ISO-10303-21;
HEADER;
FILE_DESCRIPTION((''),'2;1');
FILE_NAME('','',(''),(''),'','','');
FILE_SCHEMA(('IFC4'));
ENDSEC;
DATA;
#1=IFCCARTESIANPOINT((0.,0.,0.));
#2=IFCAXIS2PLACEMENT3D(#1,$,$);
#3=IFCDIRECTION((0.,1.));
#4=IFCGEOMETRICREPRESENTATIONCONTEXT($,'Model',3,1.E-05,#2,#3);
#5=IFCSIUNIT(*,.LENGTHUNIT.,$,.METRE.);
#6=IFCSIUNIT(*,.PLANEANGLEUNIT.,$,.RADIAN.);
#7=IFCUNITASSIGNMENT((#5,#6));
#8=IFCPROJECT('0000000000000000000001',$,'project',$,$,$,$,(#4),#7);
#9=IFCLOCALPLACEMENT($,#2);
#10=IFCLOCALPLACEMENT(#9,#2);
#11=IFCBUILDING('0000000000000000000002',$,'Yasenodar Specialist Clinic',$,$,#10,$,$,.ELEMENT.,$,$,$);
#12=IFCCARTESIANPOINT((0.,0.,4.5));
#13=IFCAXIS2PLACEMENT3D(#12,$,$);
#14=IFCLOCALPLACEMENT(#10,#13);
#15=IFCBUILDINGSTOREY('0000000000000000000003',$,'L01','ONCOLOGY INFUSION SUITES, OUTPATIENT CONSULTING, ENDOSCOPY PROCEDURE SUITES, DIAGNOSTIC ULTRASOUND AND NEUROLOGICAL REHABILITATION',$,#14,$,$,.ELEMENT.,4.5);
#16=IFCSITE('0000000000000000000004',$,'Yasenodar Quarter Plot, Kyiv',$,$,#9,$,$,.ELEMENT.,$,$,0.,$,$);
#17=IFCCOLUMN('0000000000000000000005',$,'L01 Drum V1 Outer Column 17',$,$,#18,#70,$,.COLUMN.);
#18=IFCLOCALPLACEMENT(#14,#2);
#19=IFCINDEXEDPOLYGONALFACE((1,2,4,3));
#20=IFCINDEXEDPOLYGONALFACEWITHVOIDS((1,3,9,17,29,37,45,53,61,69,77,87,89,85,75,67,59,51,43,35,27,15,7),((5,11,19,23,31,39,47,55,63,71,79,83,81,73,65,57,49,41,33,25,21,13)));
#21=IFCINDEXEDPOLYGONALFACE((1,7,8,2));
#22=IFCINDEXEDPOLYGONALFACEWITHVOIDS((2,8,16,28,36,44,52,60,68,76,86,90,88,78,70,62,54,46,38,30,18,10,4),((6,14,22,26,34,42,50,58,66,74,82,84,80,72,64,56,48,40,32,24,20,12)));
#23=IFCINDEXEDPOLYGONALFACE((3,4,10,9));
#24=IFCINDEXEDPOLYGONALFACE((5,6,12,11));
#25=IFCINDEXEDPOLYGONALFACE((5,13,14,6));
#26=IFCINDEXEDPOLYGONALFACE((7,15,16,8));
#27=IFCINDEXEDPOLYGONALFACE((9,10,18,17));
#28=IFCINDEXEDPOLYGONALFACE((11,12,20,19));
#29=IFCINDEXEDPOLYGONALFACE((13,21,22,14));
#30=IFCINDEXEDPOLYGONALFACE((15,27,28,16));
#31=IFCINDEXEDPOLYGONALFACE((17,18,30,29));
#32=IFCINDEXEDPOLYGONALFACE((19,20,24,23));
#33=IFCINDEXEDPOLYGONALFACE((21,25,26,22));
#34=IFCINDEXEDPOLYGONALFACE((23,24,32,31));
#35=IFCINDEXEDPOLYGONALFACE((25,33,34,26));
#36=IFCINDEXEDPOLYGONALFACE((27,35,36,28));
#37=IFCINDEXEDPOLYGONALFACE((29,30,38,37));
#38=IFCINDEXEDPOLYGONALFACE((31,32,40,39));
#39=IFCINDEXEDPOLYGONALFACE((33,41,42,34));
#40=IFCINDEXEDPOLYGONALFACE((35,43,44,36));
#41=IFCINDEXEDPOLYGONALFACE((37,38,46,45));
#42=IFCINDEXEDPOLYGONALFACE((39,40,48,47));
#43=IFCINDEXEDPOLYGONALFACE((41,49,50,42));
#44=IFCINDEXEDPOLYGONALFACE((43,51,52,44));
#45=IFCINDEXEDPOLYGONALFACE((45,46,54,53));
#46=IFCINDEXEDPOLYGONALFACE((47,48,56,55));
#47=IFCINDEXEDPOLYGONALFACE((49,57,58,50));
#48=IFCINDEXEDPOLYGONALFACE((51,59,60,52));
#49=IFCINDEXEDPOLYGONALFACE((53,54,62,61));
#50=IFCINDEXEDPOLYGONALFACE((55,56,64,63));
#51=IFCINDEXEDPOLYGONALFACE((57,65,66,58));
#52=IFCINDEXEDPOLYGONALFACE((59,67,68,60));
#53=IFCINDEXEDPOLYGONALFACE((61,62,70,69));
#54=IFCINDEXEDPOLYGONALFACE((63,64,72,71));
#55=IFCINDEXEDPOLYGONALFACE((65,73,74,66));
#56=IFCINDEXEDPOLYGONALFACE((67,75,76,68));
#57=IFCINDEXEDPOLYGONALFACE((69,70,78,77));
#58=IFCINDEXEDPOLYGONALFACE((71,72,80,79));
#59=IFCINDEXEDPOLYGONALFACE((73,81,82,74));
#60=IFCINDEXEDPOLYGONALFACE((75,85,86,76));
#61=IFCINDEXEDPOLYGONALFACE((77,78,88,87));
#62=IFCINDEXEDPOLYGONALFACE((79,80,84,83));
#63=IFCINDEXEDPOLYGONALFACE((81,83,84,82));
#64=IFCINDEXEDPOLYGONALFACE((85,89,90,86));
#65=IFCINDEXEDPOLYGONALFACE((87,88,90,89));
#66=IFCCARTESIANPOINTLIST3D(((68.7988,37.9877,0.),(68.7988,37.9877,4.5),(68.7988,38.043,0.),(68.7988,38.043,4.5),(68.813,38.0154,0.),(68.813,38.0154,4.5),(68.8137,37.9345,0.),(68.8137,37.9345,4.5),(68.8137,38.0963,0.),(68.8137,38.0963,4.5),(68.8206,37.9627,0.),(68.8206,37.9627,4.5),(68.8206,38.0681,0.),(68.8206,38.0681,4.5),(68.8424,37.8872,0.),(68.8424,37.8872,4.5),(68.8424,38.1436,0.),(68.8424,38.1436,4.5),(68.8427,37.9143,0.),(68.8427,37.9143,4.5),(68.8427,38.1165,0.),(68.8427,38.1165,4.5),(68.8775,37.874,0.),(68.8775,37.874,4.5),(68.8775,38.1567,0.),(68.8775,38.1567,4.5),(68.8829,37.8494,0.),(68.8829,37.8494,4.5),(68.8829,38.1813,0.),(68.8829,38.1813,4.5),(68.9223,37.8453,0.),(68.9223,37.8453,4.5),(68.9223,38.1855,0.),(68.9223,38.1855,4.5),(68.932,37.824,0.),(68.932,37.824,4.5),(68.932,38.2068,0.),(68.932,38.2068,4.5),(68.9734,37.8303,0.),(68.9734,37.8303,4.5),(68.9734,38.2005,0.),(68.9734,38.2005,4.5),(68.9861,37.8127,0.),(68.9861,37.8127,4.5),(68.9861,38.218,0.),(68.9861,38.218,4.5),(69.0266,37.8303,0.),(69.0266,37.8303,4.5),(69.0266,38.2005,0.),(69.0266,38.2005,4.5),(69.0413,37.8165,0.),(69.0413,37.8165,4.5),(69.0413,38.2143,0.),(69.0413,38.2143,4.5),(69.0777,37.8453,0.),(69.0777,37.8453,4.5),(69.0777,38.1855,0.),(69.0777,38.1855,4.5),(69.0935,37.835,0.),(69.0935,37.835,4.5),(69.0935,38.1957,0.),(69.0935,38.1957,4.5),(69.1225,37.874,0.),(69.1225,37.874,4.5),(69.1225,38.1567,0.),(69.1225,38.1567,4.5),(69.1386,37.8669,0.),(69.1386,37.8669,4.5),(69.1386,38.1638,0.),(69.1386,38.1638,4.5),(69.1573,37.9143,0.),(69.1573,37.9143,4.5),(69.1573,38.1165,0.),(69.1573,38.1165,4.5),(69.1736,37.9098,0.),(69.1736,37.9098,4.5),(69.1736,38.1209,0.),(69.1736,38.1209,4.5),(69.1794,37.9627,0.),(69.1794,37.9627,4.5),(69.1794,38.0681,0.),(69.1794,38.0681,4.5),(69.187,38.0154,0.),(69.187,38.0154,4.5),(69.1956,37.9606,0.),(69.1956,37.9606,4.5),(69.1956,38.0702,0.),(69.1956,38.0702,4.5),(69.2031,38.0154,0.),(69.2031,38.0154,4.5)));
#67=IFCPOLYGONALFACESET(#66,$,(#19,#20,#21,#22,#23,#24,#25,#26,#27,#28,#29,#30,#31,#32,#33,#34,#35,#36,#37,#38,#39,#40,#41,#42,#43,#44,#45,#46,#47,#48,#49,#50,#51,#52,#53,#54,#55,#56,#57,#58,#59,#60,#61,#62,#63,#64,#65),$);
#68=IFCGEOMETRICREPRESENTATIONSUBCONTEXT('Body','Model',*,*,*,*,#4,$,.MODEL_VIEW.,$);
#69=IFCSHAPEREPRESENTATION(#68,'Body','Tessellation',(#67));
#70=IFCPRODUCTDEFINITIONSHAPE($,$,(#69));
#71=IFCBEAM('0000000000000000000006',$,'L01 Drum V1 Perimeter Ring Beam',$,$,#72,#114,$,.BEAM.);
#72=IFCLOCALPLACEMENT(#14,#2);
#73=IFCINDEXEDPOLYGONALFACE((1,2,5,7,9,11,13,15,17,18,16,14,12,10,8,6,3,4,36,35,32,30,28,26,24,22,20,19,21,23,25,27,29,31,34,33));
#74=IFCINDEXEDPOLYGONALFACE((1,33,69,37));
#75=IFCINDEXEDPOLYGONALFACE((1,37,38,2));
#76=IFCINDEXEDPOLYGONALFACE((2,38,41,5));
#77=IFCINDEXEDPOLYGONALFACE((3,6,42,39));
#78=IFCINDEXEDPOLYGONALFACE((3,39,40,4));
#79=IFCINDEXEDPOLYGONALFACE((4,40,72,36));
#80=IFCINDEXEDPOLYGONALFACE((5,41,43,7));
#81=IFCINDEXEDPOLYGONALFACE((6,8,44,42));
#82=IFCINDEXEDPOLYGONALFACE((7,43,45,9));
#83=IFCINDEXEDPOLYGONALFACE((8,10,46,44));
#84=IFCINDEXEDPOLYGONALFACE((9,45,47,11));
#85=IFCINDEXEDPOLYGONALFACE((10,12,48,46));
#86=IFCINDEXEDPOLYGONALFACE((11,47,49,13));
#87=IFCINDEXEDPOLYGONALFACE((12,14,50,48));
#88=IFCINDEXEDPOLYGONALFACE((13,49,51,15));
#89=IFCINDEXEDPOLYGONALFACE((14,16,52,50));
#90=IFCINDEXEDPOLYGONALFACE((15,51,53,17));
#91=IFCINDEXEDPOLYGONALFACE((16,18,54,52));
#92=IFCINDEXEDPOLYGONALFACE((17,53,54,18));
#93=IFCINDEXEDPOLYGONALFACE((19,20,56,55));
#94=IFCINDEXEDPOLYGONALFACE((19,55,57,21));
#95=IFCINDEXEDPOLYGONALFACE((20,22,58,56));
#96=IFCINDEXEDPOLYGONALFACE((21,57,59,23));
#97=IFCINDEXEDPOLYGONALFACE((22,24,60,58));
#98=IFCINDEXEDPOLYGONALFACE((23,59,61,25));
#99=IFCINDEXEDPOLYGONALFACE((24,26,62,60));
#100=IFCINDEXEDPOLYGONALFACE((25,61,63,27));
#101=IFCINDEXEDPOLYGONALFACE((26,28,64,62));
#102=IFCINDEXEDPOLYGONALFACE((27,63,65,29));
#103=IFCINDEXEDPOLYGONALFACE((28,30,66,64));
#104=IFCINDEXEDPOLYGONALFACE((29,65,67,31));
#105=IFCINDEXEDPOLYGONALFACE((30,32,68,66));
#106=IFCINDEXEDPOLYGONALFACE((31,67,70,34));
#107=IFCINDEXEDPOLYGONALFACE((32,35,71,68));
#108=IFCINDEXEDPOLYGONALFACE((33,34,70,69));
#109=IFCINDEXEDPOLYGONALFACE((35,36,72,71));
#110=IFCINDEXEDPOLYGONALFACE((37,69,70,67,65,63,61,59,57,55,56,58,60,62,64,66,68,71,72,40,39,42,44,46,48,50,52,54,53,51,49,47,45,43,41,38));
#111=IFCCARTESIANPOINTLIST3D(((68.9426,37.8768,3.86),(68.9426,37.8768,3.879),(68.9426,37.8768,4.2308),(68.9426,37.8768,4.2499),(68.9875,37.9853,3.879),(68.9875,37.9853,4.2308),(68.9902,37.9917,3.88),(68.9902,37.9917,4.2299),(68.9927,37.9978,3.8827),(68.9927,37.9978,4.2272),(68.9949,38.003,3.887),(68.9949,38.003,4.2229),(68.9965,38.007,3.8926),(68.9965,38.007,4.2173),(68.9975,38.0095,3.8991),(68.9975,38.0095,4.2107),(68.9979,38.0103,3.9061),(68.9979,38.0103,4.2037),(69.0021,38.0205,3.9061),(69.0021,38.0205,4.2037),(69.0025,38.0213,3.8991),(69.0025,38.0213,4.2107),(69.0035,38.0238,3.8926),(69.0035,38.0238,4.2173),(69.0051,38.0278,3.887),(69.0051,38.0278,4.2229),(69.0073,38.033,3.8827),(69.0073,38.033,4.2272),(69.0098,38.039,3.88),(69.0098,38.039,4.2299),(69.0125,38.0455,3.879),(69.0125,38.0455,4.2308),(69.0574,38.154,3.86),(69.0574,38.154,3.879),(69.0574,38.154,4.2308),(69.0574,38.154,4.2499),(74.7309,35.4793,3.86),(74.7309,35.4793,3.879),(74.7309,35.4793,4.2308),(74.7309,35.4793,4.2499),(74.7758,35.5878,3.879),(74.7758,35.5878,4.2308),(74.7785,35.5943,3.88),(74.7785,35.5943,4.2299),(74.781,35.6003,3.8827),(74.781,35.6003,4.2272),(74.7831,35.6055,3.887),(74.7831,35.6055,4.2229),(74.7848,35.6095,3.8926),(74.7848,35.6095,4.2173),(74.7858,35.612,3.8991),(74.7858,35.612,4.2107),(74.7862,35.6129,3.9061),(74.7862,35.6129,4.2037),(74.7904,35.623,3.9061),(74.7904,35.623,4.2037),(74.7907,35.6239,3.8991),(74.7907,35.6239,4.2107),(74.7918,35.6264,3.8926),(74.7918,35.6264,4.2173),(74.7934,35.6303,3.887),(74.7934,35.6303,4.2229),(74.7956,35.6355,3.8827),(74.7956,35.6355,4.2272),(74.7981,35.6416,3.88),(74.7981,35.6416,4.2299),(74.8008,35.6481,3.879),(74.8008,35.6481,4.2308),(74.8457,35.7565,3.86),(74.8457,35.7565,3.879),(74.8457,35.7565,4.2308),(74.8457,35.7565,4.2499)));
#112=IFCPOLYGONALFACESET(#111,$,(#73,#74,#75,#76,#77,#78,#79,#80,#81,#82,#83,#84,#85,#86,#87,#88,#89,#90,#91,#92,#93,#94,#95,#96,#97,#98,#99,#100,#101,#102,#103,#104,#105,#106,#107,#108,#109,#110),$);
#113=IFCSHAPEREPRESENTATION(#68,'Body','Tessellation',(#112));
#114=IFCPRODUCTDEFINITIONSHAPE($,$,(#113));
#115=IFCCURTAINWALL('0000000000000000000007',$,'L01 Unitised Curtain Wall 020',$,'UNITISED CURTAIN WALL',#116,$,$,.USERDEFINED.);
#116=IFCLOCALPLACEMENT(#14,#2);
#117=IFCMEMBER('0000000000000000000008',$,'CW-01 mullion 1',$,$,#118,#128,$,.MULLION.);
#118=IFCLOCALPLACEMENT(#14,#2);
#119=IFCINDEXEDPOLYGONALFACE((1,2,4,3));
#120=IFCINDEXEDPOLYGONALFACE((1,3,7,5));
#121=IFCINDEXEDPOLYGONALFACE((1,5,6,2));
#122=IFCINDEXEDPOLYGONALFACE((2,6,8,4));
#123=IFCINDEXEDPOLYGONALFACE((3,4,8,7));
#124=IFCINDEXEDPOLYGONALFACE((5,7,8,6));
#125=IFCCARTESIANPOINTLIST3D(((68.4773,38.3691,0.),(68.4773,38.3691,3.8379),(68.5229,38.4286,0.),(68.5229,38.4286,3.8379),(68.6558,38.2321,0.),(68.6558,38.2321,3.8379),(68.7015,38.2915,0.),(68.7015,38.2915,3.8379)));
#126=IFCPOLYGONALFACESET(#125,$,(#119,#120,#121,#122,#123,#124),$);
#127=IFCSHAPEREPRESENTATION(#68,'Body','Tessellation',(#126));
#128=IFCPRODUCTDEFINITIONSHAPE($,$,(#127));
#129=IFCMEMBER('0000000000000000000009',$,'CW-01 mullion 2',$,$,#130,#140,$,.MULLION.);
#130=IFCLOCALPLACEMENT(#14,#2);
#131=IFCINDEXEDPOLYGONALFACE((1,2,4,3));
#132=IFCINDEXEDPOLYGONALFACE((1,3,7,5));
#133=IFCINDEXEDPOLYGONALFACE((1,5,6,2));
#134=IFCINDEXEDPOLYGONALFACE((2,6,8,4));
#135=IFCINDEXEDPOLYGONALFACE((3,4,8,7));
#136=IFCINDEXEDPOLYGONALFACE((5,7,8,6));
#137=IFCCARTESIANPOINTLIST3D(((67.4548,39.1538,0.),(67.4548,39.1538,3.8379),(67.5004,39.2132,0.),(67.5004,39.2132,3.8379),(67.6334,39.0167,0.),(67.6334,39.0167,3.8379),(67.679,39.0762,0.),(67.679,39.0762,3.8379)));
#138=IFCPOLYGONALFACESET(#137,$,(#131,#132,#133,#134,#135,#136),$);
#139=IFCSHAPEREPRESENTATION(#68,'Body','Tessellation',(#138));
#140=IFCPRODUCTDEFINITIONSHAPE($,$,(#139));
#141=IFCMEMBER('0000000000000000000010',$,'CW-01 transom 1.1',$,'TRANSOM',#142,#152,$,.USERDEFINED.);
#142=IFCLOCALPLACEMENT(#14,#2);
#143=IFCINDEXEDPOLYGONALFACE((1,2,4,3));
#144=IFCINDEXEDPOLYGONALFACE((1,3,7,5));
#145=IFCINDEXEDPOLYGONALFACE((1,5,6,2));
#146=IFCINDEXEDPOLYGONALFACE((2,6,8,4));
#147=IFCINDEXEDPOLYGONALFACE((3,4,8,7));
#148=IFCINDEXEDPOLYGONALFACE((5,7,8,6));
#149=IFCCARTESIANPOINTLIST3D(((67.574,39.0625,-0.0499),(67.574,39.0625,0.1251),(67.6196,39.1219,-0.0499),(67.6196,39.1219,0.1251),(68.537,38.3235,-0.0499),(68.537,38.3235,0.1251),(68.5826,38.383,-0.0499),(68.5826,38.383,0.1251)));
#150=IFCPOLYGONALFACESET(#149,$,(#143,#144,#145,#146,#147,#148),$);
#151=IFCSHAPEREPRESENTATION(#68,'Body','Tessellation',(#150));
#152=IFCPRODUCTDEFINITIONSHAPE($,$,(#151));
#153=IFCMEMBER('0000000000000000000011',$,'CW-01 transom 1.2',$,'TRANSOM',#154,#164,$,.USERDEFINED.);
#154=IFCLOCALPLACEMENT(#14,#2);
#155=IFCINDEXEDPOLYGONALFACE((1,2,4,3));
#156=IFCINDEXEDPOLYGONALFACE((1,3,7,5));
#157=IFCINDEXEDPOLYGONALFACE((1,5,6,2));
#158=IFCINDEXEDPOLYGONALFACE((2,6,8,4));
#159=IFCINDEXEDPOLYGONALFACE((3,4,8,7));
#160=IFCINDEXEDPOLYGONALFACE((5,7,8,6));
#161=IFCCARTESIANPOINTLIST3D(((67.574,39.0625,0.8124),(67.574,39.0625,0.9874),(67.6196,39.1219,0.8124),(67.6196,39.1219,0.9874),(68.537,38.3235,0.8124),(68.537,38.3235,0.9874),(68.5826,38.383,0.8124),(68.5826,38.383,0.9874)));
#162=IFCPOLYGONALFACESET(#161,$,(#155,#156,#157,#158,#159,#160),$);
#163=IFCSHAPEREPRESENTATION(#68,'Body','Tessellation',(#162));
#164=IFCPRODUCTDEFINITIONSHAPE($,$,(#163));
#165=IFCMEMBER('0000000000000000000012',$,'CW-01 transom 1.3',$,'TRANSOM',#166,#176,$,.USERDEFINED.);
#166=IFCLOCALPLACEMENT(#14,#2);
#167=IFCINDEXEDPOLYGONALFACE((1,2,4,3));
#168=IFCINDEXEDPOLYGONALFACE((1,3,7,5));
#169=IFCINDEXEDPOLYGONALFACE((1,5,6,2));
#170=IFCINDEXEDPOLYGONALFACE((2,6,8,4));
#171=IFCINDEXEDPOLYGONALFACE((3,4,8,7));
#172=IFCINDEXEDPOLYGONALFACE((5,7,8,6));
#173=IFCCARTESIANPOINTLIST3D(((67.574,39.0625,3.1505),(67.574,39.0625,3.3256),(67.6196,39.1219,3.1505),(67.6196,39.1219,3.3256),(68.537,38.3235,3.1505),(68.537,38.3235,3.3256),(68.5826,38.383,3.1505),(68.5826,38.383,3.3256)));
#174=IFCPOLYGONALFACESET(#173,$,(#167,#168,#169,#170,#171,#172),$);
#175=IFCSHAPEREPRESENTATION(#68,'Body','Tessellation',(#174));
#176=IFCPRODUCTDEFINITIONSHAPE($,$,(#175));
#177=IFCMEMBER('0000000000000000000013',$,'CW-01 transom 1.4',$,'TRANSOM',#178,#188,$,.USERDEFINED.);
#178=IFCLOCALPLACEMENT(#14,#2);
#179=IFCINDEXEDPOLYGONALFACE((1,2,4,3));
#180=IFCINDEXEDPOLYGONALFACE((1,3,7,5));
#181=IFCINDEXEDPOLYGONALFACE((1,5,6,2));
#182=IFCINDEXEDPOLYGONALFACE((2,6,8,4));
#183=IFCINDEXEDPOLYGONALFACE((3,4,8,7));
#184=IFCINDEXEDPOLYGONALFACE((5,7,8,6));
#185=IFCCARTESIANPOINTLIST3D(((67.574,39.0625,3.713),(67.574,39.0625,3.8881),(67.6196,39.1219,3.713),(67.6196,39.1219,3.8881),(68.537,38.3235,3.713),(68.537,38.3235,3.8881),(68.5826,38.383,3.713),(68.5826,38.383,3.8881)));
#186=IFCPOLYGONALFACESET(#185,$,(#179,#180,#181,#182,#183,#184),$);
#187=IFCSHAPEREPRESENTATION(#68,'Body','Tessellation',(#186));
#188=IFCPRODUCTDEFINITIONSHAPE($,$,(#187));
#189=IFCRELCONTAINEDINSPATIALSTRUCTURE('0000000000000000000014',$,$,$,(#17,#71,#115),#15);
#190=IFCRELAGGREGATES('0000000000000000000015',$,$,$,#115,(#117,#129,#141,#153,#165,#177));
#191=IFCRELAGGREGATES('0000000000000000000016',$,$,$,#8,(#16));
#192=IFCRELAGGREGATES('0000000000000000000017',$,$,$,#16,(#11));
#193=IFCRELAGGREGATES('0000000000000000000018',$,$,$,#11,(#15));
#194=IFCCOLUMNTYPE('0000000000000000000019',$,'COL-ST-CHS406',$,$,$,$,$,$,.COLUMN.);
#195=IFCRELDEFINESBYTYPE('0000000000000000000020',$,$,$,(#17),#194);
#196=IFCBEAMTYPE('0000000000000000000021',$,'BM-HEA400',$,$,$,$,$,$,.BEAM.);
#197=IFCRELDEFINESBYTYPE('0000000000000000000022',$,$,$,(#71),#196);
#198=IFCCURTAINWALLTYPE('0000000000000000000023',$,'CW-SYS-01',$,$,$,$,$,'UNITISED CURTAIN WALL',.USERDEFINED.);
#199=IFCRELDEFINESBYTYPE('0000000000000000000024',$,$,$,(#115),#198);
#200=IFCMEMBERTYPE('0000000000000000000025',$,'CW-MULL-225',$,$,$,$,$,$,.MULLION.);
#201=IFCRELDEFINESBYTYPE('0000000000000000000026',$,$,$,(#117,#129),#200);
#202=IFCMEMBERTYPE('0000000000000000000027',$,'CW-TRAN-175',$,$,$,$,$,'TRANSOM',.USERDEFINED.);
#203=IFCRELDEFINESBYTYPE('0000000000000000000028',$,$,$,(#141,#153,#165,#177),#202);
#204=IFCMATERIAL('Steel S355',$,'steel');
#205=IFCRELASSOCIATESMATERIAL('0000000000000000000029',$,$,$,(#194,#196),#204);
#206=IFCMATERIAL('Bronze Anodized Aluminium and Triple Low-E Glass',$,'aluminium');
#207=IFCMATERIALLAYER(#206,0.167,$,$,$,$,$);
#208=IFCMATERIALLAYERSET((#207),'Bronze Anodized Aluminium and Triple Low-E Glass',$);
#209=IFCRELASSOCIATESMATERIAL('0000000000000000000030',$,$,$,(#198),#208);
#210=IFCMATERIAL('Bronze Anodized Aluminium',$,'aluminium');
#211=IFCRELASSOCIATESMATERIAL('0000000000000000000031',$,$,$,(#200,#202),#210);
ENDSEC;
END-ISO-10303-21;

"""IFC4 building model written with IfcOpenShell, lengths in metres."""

from ifc_helpers import new_model, si_unit, direction, frame, origin, origin_2d, place, context, subcontext, project, spatial, rectangle, hollow_circle, i_section, extrude, material, layer, layer_set, material_profile, profile_set, type_object, element, aggregate, save


model = new_model("IFC4")

# Units and contexts
model_context = context("Model", 3, precision=1e-05, world=origin(), true_north=direction((0.0, 1.0)))
body_context = subcontext(model_context, "Body", "Model", "MODEL_VIEW")
ifc_project = project(units=[si_unit("LENGTHUNIT", "METRE"), si_unit("PLANEANGLEUNIT", "RADIAN")], contexts=[model_context])

# Site, building, storey
site_placement = place(None, origin())
site = spatial("IfcSite", under=ifc_project, at=site_placement, Name="Yasenodar Quarter Plot, Kyiv", CompositionType="ELEMENT", RefElevation=0.0)
building_placement = place(site_placement, origin())
building = spatial("IfcBuilding", under=site, at=building_placement, Name="Yasenodar Specialist Clinic", CompositionType="ELEMENT")
storey_placement = place(building_placement, frame((0.0, 0.0, 4.5)))
storey = spatial("IfcBuildingStorey", under=building, at=storey_placement, Name="L01", Description="ONCOLOGY INFUSION SUITES, OUTPATIENT CONSULTING, ENDOSCOPY PROCEDURE SUITES, DIAGNOSTIC ULTRASOUND AND NEUROLOGICAL REHABILITATION", CompositionType="ELEMENT", Elevation=4.5)

# Column
ifc_material_1 = material(Name="Steel S355", Category="steel")
ifc_material_profile_1 = material_profile(ifc_material_1, hollow_circle(Radius=0.2031, WallThickness=0.0161, at=origin_2d()), Name="CHS 406.4x16")
ifc_profile_set_1 = profile_set([ifc_material_profile_1], Name="Steel S355")
column_type = type_object("IfcColumnType", Name="COL-ST-CHS406", PredefinedType="COLUMN", material=ifc_profile_set_1)
column_placement = place(storey_placement, frame((69.0, 38.0154, 0.0), z_axis=(0.0, 0.0, 1.0), x_axis=(1.0, 0.0, 0.0)))
element("IfcColumn", 1, at=column_placement, inside=storey, type_object=column_type, Name="L01 Drum V1 Outer Column 17", PredefinedType="COLUMN", context=body_context, shape_type="SweptSolid", body=[
    extrude(hollow_circle(Radius=0.2031, WallThickness=0.0161, at=origin_2d()), origin(), (0.0, 0.0, 1.0), 4.5),
])

# Beam
ifc_material_profile_2 = material_profile(ifc_material_1, i_section(OverallWidth=0.3, OverallDepth=0.3899, WebThickness=0.011, FlangeThickness=0.019, FilletRadius=0.0271, at=origin_2d()), Name="HEA 400")
ifc_profile_set_2 = profile_set([ifc_material_profile_2], Name="Steel S355")
beam_type = type_object("IfcBeamType", Name="BM-HEA400", PredefinedType="BEAM", material=ifc_profile_set_2)
beam_placement = place(storey_placement, frame((69.0, 38.0154, 4.0549), z_axis=(0.923888, -0.382664, 0.0), x_axis=(0.382664, 0.923888, 0.0)))
element("IfcBeam", 2, at=beam_placement, inside=storey, type_object=beam_type, Name="L01 Drum V1 Perimeter Ring Beam", PredefinedType="BEAM", context=body_context, shape_type="SweptSolid", body=[
    extrude(i_section(OverallWidth=0.3, OverallDepth=0.3899, WebThickness=0.011, FlangeThickness=0.019, FilletRadius=0.0271, at=origin_2d()), origin(), (0.0, 0.0, 1.0), 6.2651),
])

# Curtain wall, members
ifc_material_2 = material(Name="Bronze Anodized Aluminium and Triple Low-E Glass", Category="aluminium")
ifc_layer_1 = layer(ifc_material_2, 0.167)
ifc_layer_set_1 = layer_set([ifc_layer_1], Name="Bronze Anodized Aluminium and Triple Low-E Glass")
curtain_wall_type = type_object("IfcCurtainWallType", Name="CW-SYS-01", ElementType="UNITISED CURTAIN WALL", PredefinedType="USERDEFINED", material=ifc_layer_set_1)
curtain_wall_placement = place(storey_placement, origin())
curtain_wall = element("IfcCurtainWall", 3, at=curtain_wall_placement, inside=storey, type_object=curtain_wall_type, Name="L01 Unitised Curtain Wall 020", ObjectType="UNITISED CURTAIN WALL", PredefinedType="USERDEFINED")
ifc_material_3 = material(Name="Bronze Anodized Aluminium", Category="aluminium")
ifc_material_profile_3 = material_profile(ifc_material_3, rectangle(XDim=0.075, YDim=0.2251, at=origin_2d()), Name="CW-MULL 75x225")
ifc_profile_set_3 = profile_set([ifc_material_profile_3], Name="Bronze Anodized Aluminium")
member_type_1 = type_object("IfcMemberType", Name="CW-MULL-225", PredefinedType="MULLION", material=ifc_profile_set_3)
member_1_placement = place(storey_placement, frame((68.5894, 38.3303, 0.0), z_axis=(0.0, 0.0, 1.0), x_axis=(-0.608752, -0.793361, 0.0)))
member_1 = element("IfcMember", 4, at=member_1_placement, type_object=member_type_1, Name="CW-01 mullion 1", PredefinedType="MULLION", context=body_context, shape_type="SweptSolid", body=[
    extrude(rectangle(XDim=0.075, YDim=0.2251, at=origin_2d()), origin(), (0.0, 0.0, 1.0), 3.8379),
])
member_2_placement = place(storey_placement, frame((67.5669, 39.115, 0.0), z_axis=(0.0, 0.0, 1.0), x_axis=(-0.608752, -0.793361, 0.0)))
member_2 = element("IfcMember", 5, at=member_2_placement, type_object=member_type_1, Name="CW-01 mullion 2", PredefinedType="MULLION", context=body_context, shape_type="SweptSolid", body=[
    extrude(rectangle(XDim=0.075, YDim=0.2251, at=origin_2d()), origin(), (0.0, 0.0, 1.0), 3.8379),
])
ifc_material_profile_4 = material_profile(ifc_material_3, rectangle(XDim=0.075, YDim=0.175, at=origin_2d()), Name="CW-TRAN 75x175")
ifc_profile_set_4 = profile_set([ifc_material_profile_4], Name="Bronze Anodized Aluminium")
member_type_2 = type_object("IfcMemberType", Name="CW-TRAN-175", ElementType="TRANSOM", PredefinedType="USERDEFINED", material=ifc_profile_set_4)
member_3_placement = place(storey_placement, frame((68.5598, 38.3533, 0.0376), z_axis=(-0.793364, 0.608748, 0.0), x_axis=(-0.608748, -0.793364, 0.0)))
member_3 = element("IfcMember", 6, at=member_3_placement, type_object=member_type_2, Name="CW-01 transom 1.1", ObjectType="TRANSOM", PredefinedType="USERDEFINED", context=body_context, shape_type="SweptSolid", body=[
    extrude(rectangle(XDim=0.075, YDim=0.175, at=origin_2d()), origin(), (0.0, 0.0, 1.0), 1.2139),
])
member_4_placement = place(storey_placement, frame((68.5598, 38.3533, 0.8999), z_axis=(-0.793364, 0.608748, 0.0), x_axis=(-0.608748, -0.793364, 0.0)))
member_4 = element("IfcMember", 7, at=member_4_placement, type_object=member_type_2, Name="CW-01 transom 1.2", ObjectType="TRANSOM", PredefinedType="USERDEFINED", context=body_context, shape_type="SweptSolid", body=[
    extrude(rectangle(XDim=0.075, YDim=0.175, at=origin_2d()), origin(), (0.0, 0.0, 1.0), 1.2139),
])
member_5_placement = place(storey_placement, frame((68.5598, 38.3533, 3.238), z_axis=(-0.793364, 0.608748, 0.0), x_axis=(-0.608748, -0.793364, 0.0)))
member_5 = element("IfcMember", 8, at=member_5_placement, type_object=member_type_2, Name="CW-01 transom 1.3", ObjectType="TRANSOM", PredefinedType="USERDEFINED", context=body_context, shape_type="SweptSolid", body=[
    extrude(rectangle(XDim=0.075, YDim=0.175, at=origin_2d()), origin(), (0.0, 0.0, 1.0), 1.2139),
])
member_6_placement = place(storey_placement, frame((68.5598, 38.3533, 3.8005), z_axis=(-0.793364, 0.608748, 0.0), x_axis=(-0.608748, -0.793364, 0.0)))
member_6 = element("IfcMember", 9, at=member_6_placement, type_object=member_type_2, Name="CW-01 transom 1.4", ObjectType="TRANSOM", PredefinedType="USERDEFINED", context=body_context, shape_type="SweptSolid", body=[
    extrude(rectangle(XDim=0.075, YDim=0.175, at=origin_2d()), origin(), (0.0, 0.0, 1.0), 1.2139),
])
aggregate(curtain_wall, [member_1, member_2, member_3, member_4, member_5, member_6])

save(model, "model.ifc")
